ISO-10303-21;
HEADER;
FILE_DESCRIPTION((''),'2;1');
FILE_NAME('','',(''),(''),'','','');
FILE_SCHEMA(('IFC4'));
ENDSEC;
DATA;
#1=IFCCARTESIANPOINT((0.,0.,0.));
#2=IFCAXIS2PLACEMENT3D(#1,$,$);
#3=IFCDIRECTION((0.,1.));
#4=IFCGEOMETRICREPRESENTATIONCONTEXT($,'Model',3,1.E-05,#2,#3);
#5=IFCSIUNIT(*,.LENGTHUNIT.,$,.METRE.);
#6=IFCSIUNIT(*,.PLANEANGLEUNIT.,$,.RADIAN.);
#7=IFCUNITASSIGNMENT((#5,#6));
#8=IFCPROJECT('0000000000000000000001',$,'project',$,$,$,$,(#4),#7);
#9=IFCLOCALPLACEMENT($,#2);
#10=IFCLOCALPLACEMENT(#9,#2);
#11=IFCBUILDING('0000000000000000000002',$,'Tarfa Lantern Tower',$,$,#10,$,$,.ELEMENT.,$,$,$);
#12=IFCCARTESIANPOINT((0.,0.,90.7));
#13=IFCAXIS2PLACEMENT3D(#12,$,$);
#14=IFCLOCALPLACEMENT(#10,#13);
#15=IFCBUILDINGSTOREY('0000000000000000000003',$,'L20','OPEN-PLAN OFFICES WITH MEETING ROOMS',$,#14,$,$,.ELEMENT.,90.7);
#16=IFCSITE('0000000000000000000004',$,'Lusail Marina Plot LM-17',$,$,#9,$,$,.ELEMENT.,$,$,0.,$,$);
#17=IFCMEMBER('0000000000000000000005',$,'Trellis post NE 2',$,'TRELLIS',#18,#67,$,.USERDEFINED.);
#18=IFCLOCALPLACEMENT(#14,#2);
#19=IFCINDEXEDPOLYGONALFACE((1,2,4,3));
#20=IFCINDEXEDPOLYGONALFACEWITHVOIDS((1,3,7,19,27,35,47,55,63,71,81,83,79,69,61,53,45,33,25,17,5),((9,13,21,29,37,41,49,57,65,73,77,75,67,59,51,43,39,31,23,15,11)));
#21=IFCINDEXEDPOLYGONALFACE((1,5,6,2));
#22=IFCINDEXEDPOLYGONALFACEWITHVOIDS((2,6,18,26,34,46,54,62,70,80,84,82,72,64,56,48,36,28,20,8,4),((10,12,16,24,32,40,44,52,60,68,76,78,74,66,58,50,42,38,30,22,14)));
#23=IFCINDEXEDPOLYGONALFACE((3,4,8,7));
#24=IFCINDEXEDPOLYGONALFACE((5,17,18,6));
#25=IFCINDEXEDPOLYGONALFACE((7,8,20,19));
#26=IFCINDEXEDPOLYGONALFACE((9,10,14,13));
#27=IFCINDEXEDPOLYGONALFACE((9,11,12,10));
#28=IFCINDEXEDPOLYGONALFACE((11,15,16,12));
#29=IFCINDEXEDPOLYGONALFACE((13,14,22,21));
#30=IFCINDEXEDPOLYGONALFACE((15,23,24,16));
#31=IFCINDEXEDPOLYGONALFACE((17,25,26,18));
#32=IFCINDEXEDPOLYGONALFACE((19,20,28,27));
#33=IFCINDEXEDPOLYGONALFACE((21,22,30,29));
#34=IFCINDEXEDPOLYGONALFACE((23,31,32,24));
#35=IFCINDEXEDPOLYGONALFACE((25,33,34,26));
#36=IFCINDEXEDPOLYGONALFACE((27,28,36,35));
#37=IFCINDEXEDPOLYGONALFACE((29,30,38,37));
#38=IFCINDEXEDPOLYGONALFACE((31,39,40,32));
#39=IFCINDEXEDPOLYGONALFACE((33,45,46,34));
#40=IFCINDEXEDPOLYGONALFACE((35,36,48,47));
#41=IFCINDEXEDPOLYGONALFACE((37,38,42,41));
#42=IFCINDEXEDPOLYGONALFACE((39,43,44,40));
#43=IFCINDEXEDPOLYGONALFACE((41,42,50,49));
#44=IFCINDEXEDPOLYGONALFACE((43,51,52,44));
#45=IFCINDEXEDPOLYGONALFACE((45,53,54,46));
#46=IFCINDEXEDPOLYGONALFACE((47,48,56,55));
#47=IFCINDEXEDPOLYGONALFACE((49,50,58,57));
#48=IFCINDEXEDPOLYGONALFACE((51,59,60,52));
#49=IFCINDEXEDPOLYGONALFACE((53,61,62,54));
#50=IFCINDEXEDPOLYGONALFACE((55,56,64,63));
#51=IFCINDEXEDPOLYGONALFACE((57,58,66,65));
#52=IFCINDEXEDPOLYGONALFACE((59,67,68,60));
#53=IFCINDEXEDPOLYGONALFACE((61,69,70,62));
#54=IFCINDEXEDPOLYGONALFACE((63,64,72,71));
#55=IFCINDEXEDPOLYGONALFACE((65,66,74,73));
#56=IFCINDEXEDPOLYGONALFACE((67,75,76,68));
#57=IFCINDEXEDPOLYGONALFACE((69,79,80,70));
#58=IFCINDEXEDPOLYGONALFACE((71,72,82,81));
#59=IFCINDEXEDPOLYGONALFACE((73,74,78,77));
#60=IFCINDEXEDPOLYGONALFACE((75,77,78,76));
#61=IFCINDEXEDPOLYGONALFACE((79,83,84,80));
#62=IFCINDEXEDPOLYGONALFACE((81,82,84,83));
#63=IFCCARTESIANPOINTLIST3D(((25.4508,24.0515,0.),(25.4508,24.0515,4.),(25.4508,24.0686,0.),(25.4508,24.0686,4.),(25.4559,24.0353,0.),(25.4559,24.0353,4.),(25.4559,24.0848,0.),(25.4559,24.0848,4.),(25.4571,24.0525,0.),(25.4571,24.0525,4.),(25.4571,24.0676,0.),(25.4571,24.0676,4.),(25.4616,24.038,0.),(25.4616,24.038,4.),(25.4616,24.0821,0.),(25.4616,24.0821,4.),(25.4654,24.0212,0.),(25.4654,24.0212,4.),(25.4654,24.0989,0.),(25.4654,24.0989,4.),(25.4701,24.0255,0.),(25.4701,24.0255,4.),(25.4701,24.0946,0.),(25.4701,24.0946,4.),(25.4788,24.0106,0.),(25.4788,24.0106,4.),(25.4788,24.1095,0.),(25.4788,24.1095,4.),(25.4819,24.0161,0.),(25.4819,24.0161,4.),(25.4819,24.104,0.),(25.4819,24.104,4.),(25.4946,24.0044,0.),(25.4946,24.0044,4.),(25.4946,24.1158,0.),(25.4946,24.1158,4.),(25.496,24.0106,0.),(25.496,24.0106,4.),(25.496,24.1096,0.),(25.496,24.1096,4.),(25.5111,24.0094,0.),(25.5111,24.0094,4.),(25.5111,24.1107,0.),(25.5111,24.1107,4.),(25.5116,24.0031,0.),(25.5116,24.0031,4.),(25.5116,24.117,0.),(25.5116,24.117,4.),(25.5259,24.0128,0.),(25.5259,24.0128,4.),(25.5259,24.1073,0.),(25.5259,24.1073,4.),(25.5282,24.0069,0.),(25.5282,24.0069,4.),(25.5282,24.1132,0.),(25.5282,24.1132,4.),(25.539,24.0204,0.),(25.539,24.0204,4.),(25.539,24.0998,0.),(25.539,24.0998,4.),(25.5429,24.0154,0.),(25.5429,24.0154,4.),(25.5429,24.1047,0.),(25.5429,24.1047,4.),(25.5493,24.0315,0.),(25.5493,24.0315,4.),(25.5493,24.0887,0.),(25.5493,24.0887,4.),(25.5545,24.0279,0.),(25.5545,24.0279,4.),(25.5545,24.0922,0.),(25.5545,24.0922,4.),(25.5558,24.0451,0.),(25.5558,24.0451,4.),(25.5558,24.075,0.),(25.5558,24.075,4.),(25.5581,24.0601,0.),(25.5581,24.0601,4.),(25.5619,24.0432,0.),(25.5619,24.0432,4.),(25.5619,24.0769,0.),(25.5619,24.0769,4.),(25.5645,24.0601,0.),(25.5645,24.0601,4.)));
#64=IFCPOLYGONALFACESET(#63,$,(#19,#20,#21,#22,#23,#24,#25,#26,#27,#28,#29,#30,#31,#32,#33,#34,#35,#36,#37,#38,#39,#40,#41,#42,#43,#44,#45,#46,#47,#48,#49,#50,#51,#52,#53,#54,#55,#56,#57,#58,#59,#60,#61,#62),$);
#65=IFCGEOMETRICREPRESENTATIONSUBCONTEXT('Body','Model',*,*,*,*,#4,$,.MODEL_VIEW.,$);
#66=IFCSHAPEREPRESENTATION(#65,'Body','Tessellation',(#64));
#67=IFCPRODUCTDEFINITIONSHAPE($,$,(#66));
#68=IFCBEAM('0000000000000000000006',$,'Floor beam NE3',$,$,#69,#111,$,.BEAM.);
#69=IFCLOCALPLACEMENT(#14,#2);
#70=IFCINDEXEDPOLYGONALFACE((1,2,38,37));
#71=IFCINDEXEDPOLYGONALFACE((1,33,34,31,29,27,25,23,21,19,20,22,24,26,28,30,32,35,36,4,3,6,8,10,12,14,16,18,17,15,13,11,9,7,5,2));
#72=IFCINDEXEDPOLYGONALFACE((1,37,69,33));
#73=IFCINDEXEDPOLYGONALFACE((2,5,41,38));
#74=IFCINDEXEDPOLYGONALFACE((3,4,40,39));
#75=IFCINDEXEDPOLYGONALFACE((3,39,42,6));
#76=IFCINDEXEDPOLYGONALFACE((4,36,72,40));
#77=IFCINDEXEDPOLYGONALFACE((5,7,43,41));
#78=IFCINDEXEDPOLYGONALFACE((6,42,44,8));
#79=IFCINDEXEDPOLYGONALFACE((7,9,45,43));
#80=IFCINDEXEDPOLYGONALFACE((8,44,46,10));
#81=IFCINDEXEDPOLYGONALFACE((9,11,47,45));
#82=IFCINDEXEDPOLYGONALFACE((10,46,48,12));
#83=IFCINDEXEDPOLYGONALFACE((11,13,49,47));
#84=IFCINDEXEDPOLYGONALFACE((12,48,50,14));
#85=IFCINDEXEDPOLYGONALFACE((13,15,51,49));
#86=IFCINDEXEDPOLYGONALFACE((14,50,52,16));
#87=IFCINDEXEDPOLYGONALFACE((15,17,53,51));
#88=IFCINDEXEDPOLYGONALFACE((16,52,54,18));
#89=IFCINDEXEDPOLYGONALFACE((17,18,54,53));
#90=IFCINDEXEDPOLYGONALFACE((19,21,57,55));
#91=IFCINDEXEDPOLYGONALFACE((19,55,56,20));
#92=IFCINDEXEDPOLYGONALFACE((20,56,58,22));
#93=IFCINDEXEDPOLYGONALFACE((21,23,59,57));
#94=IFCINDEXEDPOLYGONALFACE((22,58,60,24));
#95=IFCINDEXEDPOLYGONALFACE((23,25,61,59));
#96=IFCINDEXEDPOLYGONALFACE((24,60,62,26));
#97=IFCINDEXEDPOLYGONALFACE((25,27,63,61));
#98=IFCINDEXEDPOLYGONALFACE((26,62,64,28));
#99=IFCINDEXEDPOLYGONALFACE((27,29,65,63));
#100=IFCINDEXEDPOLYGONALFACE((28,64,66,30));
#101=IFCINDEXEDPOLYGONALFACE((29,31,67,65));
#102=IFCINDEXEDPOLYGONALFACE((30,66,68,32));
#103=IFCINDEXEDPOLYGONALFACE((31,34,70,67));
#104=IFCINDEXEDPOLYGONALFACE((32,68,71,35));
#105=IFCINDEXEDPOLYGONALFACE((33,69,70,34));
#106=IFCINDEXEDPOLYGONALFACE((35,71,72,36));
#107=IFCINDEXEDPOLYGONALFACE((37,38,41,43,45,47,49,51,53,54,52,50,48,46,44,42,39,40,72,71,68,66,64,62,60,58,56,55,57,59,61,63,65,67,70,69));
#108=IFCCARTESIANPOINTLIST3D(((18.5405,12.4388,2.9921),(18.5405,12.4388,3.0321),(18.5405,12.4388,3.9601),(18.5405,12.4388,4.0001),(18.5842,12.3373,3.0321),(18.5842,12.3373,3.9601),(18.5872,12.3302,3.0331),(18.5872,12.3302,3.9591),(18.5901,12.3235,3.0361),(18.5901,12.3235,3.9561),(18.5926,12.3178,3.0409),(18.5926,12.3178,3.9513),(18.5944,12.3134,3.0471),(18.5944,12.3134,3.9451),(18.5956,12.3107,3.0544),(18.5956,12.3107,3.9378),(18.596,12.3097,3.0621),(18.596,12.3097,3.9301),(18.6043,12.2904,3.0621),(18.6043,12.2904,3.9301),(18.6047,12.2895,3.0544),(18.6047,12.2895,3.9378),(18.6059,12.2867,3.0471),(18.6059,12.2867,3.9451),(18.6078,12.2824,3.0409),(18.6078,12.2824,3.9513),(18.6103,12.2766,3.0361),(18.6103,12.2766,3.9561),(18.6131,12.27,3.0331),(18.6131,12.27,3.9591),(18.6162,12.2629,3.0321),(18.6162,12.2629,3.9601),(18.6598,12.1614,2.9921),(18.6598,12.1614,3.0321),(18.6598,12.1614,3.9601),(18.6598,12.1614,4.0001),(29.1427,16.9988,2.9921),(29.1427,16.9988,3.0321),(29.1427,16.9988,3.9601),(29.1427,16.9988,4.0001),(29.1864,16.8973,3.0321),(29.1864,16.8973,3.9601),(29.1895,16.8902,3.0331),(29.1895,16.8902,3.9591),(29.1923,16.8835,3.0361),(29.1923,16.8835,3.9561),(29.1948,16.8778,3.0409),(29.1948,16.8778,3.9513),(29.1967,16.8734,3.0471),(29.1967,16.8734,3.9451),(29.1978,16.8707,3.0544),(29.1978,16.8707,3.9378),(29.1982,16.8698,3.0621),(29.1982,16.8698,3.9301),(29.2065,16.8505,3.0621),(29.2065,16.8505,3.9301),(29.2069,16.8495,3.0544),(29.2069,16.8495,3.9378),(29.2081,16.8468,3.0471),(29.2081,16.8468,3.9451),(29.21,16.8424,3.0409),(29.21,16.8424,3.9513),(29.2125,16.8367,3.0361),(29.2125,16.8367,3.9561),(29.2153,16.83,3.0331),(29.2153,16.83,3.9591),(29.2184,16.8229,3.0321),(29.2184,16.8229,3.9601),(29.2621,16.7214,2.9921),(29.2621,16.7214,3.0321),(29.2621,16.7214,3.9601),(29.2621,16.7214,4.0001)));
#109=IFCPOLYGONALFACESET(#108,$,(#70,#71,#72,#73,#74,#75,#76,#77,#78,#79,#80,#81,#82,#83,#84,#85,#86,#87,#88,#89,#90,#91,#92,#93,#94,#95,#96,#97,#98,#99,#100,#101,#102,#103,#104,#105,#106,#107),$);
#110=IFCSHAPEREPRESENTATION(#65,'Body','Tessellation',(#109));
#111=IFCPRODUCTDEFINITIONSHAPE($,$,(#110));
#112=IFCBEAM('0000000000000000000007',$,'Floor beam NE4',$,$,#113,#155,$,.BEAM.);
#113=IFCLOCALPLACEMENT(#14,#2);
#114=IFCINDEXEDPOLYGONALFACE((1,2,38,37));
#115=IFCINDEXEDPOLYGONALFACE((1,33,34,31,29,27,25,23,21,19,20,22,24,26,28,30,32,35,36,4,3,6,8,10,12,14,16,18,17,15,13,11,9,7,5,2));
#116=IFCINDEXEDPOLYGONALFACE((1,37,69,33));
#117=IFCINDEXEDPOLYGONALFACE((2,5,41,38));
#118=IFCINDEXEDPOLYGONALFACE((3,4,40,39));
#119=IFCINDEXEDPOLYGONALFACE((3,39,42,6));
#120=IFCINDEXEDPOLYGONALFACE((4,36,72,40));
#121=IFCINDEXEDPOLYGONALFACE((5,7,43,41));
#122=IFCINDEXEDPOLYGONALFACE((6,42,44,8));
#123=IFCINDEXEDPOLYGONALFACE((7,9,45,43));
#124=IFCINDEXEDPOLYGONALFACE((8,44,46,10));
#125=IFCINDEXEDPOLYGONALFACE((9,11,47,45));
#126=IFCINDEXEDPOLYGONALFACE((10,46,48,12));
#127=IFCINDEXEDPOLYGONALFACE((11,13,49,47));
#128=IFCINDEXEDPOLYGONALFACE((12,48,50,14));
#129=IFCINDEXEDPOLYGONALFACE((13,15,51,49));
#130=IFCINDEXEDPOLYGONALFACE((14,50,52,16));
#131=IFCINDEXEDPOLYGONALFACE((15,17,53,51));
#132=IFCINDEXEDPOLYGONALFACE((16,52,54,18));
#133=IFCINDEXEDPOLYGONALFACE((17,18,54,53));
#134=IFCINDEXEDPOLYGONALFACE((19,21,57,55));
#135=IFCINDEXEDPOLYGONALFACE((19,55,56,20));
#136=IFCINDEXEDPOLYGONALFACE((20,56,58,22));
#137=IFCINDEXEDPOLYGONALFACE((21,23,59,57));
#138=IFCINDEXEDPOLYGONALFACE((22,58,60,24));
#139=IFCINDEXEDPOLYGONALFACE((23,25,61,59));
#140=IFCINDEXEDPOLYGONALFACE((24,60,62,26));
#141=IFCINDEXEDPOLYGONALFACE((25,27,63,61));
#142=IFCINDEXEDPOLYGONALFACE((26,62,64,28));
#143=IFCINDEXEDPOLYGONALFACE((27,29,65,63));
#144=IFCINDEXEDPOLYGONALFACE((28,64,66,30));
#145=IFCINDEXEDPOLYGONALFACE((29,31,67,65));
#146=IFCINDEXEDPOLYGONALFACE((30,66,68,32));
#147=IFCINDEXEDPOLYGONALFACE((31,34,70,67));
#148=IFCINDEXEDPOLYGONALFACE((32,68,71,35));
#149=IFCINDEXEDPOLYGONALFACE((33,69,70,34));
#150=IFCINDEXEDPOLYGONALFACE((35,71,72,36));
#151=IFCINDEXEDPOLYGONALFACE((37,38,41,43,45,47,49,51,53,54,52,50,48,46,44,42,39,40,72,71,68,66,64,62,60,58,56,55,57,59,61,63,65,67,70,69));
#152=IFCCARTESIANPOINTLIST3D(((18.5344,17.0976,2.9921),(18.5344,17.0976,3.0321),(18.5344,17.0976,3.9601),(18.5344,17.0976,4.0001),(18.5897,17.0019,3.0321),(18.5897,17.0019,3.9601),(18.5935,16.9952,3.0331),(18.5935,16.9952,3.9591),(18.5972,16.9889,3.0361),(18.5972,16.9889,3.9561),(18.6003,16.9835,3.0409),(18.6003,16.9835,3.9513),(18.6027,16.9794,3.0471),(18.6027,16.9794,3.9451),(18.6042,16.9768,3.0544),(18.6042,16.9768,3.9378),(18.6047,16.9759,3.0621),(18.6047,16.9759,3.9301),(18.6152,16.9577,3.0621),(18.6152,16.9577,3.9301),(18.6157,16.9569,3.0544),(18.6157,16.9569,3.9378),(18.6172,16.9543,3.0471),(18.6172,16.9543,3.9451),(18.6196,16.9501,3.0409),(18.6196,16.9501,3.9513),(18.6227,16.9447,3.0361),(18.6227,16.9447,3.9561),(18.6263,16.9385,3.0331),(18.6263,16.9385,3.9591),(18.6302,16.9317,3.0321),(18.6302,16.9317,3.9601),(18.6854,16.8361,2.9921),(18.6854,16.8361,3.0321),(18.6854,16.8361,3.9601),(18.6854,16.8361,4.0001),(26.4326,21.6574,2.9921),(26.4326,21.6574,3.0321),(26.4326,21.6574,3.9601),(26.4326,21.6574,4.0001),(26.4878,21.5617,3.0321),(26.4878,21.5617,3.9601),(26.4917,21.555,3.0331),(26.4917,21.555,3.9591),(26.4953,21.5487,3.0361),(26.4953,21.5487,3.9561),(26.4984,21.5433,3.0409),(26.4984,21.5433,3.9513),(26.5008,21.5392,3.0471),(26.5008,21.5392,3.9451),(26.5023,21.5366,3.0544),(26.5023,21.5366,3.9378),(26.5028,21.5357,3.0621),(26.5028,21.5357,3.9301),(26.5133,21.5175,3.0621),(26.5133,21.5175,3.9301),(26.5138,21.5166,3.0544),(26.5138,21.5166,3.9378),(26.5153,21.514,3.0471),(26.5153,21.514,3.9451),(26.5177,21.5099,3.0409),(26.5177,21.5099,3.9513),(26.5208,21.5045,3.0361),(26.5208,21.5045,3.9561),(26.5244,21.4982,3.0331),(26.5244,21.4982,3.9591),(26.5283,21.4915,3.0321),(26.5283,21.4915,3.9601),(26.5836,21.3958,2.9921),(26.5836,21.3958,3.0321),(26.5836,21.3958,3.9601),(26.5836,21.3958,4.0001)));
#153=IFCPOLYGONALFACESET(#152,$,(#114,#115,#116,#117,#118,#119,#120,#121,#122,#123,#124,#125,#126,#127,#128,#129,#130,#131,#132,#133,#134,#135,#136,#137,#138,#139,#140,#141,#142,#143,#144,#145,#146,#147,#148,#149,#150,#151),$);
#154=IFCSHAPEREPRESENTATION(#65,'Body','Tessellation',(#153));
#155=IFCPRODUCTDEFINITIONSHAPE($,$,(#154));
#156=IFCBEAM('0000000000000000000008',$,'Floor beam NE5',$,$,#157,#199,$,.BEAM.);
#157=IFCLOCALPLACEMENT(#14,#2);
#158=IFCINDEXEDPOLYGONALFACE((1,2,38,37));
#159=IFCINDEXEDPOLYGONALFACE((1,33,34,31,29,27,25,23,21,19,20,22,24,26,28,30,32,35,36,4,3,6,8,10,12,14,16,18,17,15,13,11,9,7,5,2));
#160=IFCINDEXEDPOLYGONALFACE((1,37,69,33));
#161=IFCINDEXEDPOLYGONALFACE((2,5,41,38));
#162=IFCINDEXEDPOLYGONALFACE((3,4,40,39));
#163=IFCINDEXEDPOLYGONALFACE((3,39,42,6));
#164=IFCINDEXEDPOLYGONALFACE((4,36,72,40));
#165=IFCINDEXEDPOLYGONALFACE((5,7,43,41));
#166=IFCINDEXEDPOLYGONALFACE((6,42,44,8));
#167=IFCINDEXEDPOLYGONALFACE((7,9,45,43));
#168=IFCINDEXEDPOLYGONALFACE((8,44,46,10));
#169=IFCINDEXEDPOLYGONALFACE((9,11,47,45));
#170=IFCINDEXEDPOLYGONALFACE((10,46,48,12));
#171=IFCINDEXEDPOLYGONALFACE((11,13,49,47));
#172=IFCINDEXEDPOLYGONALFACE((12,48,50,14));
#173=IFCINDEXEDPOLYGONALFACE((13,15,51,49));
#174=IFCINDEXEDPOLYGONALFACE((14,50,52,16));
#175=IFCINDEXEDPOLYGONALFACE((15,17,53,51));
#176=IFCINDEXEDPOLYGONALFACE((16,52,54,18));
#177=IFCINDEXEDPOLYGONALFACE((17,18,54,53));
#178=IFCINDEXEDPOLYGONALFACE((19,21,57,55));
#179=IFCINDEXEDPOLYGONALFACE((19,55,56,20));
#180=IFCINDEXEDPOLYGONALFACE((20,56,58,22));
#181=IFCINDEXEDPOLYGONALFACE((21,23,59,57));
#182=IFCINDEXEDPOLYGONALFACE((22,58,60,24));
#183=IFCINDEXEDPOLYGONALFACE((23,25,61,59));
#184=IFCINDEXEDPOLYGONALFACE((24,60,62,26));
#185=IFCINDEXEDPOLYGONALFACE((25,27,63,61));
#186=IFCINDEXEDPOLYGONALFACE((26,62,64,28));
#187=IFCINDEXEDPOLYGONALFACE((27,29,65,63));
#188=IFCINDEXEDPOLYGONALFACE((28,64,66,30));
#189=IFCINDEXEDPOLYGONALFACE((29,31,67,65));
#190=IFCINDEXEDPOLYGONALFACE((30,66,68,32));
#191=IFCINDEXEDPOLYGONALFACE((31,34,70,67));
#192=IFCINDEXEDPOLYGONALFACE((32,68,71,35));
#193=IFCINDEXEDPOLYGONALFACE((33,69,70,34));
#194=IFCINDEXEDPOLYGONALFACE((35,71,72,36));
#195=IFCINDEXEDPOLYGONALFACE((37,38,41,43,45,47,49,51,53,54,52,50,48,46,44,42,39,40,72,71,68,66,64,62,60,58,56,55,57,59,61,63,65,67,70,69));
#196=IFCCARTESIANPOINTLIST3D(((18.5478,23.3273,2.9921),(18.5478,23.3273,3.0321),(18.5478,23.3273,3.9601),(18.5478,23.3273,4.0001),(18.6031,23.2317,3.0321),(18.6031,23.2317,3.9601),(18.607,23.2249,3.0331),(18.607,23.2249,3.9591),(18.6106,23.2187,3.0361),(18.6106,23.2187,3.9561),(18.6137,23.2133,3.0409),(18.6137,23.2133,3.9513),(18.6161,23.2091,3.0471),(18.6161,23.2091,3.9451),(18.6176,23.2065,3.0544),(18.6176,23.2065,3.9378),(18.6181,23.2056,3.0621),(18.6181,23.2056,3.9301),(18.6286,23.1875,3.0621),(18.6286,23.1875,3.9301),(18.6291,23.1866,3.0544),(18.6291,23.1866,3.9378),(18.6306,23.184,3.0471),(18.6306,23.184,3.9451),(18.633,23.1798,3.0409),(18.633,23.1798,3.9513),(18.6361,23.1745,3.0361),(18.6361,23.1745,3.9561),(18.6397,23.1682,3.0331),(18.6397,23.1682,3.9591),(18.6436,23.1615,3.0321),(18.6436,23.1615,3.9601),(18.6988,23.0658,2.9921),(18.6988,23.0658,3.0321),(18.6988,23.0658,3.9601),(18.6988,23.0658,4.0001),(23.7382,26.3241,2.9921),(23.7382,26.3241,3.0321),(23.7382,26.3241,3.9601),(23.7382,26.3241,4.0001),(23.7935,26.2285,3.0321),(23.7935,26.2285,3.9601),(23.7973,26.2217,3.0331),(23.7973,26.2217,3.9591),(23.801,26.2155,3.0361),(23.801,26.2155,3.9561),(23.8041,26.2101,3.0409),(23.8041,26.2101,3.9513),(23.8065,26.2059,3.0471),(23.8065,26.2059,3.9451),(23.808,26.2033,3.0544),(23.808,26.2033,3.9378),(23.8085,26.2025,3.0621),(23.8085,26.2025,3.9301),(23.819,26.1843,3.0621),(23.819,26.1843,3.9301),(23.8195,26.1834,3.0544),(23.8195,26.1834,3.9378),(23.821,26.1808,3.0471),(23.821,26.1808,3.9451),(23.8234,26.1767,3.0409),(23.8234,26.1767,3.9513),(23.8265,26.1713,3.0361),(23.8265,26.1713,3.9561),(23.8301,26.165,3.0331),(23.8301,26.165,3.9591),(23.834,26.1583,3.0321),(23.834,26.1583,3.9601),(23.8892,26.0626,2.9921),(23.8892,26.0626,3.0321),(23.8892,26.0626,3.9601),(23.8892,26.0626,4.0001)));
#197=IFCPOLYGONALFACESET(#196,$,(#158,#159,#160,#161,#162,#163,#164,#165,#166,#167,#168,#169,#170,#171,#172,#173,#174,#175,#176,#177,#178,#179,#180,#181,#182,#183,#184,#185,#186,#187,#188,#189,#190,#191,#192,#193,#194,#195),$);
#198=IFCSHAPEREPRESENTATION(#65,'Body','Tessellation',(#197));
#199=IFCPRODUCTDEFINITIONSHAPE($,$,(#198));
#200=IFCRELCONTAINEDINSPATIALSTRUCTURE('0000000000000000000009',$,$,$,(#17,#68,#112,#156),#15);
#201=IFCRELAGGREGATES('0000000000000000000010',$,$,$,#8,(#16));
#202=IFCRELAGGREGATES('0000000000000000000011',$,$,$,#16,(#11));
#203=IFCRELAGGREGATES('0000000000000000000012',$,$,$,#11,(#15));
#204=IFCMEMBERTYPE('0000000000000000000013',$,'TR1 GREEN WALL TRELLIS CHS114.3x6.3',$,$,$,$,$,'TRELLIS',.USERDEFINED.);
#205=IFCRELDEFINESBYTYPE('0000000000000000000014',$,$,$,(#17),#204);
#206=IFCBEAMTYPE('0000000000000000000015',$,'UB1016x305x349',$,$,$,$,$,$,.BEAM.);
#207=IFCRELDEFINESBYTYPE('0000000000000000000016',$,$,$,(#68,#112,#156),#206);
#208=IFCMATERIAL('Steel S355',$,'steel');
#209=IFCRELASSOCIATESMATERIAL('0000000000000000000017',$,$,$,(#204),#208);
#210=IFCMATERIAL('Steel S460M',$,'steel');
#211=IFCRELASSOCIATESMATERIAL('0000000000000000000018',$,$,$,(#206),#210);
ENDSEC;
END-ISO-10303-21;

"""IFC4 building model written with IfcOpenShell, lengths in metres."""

from ifc_helpers import new_model, si_unit, direction, frame, origin, origin_2d, place, context, subcontext, project, spatial, hollow_circle, i_section, extrude, material, material_profile, profile_set, type_object, element, save


model = new_model("IFC4")

# Units and contexts
model_context = context("Model", 3, precision=1e-05, world=origin(), true_north=direction((0.0, 1.0)))
body_context = subcontext(model_context, "Body", "Model", "MODEL_VIEW")
ifc_project = project(units=[si_unit("LENGTHUNIT", "METRE"), si_unit("PLANEANGLEUNIT", "RADIAN")], contexts=[model_context])

# Site, building, storey
site_placement = place(None, origin())
site = spatial("IfcSite", under=ifc_project, at=site_placement, Name="Lusail Marina Plot LM-17", CompositionType="ELEMENT", RefElevation=0.0)
building_placement = place(site_placement, origin())
building = spatial("IfcBuilding", under=site, at=building_placement, Name="Tarfa Lantern Tower", CompositionType="ELEMENT")
storey_placement = place(building_placement, frame((0.0, 0.0, 90.7)))
storey = spatial("IfcBuildingStorey", under=building, at=storey_placement, Name="L20", Description="OPEN-PLAN OFFICES WITH MEETING ROOMS", CompositionType="ELEMENT", Elevation=90.7)

# Member
ifc_material_1 = material(Name="Steel S355", Category="steel")
ifc_material_profile_1 = material_profile(ifc_material_1, hollow_circle(Radius=0.0571, WallThickness=0.0063, at=origin_2d()), Name="CHS114.3x6.3")
ifc_profile_set_1 = profile_set([ifc_material_profile_1], Name="Steel S355")
member_type_1 = type_object("IfcMemberType", Name="TR1 GREEN WALL TRELLIS CHS114.3x6.3", ElementType="TRELLIS", PredefinedType="USERDEFINED", material=ifc_profile_set_1)
member_1_placement = place(storey_placement, frame((25.5073, 24.0601, 0.0), z_axis=(0.0, 0.0, 1.0), x_axis=(1.0, 0.0, 0.0)))
element("IfcMember", 1, at=member_1_placement, inside=storey, type_object=member_type_1, Name="Trellis post NE 2", ObjectType="TRELLIS", PredefinedType="USERDEFINED", context=body_context, shape_type="SweptSolid", body=[
    extrude(hollow_circle(Radius=0.0571, WallThickness=0.0063, at=origin_2d()), origin(), (0.0, 0.0, 1.0), 4.0),
])

# Beams
ifc_material_2 = material(Name="Steel S460M", Category="steel")
ifc_material_profile_2 = material_profile(ifc_material_2, i_section(OverallWidth=0.302, OverallDepth=1.0081, WebThickness=0.021, FlangeThickness=0.04, FilletRadius=0.03, at=origin_2d()), Name="UB1016x305x349")
ifc_profile_set_2 = profile_set([ifc_material_profile_2], Name="Steel S460M")
beam_type_1 = type_object("IfcBeamType", Name="UB1016x305x349", PredefinedType="BEAM", material=ifc_profile_set_2)
beam_1_placement = place(storey_placement, frame((29.2024, 16.8601, 3.4961), z_axis=(-0.918635, -0.395106, 0.0), x_axis=(0.395106, -0.918635, 0.0)))
element("IfcBeam", 2, at=beam_1_placement, inside=storey, type_object=beam_type_1, Name="Floor beam NE3", PredefinedType="BEAM", context=body_context, shape_type="SweptSolid", body=[
    extrude(i_section(OverallWidth=0.302, OverallDepth=1.0081, WebThickness=0.021, FlangeThickness=0.04, FilletRadius=0.03, at=origin_2d()), origin(), (0.0, 0.0, 1.0), 11.5413),
])
beam_2_placement = place(storey_placement, frame((26.5081, 21.5266, 3.4961), z_axis=(-0.866035, -0.499983, 0.0), x_axis=(0.499983, -0.866035, 0.0)))
element("IfcBeam", 3, at=beam_2_placement, inside=storey, type_object=beam_type_1, Name="Floor beam NE4", PredefinedType="BEAM", context=body_context, shape_type="SweptSolid", body=[
    extrude(i_section(OverallWidth=0.302, OverallDepth=1.0081, WebThickness=0.021, FlangeThickness=0.04, FilletRadius=0.03, at=origin_2d()), origin(), (0.0, 0.0, 1.0), 9.1199),
])
beam_3_placement = place(storey_placement, frame((23.8137, 26.1934, 3.4961), z_axis=(-0.866016, -0.500016, 0.0), x_axis=(0.500016, -0.866016, 0.0)))
element("IfcBeam", 4, at=beam_3_placement, inside=storey, type_object=beam_type_1, Name="Floor beam NE5", PredefinedType="BEAM", context=body_context, shape_type="SweptSolid", body=[
    extrude(i_section(OverallWidth=0.302, OverallDepth=1.0081, WebThickness=0.021, FlangeThickness=0.04, FilletRadius=0.03, at=origin_2d()), origin(), (0.0, 0.0, 1.0), 5.9934),
])

save(model, "model.ifc")
